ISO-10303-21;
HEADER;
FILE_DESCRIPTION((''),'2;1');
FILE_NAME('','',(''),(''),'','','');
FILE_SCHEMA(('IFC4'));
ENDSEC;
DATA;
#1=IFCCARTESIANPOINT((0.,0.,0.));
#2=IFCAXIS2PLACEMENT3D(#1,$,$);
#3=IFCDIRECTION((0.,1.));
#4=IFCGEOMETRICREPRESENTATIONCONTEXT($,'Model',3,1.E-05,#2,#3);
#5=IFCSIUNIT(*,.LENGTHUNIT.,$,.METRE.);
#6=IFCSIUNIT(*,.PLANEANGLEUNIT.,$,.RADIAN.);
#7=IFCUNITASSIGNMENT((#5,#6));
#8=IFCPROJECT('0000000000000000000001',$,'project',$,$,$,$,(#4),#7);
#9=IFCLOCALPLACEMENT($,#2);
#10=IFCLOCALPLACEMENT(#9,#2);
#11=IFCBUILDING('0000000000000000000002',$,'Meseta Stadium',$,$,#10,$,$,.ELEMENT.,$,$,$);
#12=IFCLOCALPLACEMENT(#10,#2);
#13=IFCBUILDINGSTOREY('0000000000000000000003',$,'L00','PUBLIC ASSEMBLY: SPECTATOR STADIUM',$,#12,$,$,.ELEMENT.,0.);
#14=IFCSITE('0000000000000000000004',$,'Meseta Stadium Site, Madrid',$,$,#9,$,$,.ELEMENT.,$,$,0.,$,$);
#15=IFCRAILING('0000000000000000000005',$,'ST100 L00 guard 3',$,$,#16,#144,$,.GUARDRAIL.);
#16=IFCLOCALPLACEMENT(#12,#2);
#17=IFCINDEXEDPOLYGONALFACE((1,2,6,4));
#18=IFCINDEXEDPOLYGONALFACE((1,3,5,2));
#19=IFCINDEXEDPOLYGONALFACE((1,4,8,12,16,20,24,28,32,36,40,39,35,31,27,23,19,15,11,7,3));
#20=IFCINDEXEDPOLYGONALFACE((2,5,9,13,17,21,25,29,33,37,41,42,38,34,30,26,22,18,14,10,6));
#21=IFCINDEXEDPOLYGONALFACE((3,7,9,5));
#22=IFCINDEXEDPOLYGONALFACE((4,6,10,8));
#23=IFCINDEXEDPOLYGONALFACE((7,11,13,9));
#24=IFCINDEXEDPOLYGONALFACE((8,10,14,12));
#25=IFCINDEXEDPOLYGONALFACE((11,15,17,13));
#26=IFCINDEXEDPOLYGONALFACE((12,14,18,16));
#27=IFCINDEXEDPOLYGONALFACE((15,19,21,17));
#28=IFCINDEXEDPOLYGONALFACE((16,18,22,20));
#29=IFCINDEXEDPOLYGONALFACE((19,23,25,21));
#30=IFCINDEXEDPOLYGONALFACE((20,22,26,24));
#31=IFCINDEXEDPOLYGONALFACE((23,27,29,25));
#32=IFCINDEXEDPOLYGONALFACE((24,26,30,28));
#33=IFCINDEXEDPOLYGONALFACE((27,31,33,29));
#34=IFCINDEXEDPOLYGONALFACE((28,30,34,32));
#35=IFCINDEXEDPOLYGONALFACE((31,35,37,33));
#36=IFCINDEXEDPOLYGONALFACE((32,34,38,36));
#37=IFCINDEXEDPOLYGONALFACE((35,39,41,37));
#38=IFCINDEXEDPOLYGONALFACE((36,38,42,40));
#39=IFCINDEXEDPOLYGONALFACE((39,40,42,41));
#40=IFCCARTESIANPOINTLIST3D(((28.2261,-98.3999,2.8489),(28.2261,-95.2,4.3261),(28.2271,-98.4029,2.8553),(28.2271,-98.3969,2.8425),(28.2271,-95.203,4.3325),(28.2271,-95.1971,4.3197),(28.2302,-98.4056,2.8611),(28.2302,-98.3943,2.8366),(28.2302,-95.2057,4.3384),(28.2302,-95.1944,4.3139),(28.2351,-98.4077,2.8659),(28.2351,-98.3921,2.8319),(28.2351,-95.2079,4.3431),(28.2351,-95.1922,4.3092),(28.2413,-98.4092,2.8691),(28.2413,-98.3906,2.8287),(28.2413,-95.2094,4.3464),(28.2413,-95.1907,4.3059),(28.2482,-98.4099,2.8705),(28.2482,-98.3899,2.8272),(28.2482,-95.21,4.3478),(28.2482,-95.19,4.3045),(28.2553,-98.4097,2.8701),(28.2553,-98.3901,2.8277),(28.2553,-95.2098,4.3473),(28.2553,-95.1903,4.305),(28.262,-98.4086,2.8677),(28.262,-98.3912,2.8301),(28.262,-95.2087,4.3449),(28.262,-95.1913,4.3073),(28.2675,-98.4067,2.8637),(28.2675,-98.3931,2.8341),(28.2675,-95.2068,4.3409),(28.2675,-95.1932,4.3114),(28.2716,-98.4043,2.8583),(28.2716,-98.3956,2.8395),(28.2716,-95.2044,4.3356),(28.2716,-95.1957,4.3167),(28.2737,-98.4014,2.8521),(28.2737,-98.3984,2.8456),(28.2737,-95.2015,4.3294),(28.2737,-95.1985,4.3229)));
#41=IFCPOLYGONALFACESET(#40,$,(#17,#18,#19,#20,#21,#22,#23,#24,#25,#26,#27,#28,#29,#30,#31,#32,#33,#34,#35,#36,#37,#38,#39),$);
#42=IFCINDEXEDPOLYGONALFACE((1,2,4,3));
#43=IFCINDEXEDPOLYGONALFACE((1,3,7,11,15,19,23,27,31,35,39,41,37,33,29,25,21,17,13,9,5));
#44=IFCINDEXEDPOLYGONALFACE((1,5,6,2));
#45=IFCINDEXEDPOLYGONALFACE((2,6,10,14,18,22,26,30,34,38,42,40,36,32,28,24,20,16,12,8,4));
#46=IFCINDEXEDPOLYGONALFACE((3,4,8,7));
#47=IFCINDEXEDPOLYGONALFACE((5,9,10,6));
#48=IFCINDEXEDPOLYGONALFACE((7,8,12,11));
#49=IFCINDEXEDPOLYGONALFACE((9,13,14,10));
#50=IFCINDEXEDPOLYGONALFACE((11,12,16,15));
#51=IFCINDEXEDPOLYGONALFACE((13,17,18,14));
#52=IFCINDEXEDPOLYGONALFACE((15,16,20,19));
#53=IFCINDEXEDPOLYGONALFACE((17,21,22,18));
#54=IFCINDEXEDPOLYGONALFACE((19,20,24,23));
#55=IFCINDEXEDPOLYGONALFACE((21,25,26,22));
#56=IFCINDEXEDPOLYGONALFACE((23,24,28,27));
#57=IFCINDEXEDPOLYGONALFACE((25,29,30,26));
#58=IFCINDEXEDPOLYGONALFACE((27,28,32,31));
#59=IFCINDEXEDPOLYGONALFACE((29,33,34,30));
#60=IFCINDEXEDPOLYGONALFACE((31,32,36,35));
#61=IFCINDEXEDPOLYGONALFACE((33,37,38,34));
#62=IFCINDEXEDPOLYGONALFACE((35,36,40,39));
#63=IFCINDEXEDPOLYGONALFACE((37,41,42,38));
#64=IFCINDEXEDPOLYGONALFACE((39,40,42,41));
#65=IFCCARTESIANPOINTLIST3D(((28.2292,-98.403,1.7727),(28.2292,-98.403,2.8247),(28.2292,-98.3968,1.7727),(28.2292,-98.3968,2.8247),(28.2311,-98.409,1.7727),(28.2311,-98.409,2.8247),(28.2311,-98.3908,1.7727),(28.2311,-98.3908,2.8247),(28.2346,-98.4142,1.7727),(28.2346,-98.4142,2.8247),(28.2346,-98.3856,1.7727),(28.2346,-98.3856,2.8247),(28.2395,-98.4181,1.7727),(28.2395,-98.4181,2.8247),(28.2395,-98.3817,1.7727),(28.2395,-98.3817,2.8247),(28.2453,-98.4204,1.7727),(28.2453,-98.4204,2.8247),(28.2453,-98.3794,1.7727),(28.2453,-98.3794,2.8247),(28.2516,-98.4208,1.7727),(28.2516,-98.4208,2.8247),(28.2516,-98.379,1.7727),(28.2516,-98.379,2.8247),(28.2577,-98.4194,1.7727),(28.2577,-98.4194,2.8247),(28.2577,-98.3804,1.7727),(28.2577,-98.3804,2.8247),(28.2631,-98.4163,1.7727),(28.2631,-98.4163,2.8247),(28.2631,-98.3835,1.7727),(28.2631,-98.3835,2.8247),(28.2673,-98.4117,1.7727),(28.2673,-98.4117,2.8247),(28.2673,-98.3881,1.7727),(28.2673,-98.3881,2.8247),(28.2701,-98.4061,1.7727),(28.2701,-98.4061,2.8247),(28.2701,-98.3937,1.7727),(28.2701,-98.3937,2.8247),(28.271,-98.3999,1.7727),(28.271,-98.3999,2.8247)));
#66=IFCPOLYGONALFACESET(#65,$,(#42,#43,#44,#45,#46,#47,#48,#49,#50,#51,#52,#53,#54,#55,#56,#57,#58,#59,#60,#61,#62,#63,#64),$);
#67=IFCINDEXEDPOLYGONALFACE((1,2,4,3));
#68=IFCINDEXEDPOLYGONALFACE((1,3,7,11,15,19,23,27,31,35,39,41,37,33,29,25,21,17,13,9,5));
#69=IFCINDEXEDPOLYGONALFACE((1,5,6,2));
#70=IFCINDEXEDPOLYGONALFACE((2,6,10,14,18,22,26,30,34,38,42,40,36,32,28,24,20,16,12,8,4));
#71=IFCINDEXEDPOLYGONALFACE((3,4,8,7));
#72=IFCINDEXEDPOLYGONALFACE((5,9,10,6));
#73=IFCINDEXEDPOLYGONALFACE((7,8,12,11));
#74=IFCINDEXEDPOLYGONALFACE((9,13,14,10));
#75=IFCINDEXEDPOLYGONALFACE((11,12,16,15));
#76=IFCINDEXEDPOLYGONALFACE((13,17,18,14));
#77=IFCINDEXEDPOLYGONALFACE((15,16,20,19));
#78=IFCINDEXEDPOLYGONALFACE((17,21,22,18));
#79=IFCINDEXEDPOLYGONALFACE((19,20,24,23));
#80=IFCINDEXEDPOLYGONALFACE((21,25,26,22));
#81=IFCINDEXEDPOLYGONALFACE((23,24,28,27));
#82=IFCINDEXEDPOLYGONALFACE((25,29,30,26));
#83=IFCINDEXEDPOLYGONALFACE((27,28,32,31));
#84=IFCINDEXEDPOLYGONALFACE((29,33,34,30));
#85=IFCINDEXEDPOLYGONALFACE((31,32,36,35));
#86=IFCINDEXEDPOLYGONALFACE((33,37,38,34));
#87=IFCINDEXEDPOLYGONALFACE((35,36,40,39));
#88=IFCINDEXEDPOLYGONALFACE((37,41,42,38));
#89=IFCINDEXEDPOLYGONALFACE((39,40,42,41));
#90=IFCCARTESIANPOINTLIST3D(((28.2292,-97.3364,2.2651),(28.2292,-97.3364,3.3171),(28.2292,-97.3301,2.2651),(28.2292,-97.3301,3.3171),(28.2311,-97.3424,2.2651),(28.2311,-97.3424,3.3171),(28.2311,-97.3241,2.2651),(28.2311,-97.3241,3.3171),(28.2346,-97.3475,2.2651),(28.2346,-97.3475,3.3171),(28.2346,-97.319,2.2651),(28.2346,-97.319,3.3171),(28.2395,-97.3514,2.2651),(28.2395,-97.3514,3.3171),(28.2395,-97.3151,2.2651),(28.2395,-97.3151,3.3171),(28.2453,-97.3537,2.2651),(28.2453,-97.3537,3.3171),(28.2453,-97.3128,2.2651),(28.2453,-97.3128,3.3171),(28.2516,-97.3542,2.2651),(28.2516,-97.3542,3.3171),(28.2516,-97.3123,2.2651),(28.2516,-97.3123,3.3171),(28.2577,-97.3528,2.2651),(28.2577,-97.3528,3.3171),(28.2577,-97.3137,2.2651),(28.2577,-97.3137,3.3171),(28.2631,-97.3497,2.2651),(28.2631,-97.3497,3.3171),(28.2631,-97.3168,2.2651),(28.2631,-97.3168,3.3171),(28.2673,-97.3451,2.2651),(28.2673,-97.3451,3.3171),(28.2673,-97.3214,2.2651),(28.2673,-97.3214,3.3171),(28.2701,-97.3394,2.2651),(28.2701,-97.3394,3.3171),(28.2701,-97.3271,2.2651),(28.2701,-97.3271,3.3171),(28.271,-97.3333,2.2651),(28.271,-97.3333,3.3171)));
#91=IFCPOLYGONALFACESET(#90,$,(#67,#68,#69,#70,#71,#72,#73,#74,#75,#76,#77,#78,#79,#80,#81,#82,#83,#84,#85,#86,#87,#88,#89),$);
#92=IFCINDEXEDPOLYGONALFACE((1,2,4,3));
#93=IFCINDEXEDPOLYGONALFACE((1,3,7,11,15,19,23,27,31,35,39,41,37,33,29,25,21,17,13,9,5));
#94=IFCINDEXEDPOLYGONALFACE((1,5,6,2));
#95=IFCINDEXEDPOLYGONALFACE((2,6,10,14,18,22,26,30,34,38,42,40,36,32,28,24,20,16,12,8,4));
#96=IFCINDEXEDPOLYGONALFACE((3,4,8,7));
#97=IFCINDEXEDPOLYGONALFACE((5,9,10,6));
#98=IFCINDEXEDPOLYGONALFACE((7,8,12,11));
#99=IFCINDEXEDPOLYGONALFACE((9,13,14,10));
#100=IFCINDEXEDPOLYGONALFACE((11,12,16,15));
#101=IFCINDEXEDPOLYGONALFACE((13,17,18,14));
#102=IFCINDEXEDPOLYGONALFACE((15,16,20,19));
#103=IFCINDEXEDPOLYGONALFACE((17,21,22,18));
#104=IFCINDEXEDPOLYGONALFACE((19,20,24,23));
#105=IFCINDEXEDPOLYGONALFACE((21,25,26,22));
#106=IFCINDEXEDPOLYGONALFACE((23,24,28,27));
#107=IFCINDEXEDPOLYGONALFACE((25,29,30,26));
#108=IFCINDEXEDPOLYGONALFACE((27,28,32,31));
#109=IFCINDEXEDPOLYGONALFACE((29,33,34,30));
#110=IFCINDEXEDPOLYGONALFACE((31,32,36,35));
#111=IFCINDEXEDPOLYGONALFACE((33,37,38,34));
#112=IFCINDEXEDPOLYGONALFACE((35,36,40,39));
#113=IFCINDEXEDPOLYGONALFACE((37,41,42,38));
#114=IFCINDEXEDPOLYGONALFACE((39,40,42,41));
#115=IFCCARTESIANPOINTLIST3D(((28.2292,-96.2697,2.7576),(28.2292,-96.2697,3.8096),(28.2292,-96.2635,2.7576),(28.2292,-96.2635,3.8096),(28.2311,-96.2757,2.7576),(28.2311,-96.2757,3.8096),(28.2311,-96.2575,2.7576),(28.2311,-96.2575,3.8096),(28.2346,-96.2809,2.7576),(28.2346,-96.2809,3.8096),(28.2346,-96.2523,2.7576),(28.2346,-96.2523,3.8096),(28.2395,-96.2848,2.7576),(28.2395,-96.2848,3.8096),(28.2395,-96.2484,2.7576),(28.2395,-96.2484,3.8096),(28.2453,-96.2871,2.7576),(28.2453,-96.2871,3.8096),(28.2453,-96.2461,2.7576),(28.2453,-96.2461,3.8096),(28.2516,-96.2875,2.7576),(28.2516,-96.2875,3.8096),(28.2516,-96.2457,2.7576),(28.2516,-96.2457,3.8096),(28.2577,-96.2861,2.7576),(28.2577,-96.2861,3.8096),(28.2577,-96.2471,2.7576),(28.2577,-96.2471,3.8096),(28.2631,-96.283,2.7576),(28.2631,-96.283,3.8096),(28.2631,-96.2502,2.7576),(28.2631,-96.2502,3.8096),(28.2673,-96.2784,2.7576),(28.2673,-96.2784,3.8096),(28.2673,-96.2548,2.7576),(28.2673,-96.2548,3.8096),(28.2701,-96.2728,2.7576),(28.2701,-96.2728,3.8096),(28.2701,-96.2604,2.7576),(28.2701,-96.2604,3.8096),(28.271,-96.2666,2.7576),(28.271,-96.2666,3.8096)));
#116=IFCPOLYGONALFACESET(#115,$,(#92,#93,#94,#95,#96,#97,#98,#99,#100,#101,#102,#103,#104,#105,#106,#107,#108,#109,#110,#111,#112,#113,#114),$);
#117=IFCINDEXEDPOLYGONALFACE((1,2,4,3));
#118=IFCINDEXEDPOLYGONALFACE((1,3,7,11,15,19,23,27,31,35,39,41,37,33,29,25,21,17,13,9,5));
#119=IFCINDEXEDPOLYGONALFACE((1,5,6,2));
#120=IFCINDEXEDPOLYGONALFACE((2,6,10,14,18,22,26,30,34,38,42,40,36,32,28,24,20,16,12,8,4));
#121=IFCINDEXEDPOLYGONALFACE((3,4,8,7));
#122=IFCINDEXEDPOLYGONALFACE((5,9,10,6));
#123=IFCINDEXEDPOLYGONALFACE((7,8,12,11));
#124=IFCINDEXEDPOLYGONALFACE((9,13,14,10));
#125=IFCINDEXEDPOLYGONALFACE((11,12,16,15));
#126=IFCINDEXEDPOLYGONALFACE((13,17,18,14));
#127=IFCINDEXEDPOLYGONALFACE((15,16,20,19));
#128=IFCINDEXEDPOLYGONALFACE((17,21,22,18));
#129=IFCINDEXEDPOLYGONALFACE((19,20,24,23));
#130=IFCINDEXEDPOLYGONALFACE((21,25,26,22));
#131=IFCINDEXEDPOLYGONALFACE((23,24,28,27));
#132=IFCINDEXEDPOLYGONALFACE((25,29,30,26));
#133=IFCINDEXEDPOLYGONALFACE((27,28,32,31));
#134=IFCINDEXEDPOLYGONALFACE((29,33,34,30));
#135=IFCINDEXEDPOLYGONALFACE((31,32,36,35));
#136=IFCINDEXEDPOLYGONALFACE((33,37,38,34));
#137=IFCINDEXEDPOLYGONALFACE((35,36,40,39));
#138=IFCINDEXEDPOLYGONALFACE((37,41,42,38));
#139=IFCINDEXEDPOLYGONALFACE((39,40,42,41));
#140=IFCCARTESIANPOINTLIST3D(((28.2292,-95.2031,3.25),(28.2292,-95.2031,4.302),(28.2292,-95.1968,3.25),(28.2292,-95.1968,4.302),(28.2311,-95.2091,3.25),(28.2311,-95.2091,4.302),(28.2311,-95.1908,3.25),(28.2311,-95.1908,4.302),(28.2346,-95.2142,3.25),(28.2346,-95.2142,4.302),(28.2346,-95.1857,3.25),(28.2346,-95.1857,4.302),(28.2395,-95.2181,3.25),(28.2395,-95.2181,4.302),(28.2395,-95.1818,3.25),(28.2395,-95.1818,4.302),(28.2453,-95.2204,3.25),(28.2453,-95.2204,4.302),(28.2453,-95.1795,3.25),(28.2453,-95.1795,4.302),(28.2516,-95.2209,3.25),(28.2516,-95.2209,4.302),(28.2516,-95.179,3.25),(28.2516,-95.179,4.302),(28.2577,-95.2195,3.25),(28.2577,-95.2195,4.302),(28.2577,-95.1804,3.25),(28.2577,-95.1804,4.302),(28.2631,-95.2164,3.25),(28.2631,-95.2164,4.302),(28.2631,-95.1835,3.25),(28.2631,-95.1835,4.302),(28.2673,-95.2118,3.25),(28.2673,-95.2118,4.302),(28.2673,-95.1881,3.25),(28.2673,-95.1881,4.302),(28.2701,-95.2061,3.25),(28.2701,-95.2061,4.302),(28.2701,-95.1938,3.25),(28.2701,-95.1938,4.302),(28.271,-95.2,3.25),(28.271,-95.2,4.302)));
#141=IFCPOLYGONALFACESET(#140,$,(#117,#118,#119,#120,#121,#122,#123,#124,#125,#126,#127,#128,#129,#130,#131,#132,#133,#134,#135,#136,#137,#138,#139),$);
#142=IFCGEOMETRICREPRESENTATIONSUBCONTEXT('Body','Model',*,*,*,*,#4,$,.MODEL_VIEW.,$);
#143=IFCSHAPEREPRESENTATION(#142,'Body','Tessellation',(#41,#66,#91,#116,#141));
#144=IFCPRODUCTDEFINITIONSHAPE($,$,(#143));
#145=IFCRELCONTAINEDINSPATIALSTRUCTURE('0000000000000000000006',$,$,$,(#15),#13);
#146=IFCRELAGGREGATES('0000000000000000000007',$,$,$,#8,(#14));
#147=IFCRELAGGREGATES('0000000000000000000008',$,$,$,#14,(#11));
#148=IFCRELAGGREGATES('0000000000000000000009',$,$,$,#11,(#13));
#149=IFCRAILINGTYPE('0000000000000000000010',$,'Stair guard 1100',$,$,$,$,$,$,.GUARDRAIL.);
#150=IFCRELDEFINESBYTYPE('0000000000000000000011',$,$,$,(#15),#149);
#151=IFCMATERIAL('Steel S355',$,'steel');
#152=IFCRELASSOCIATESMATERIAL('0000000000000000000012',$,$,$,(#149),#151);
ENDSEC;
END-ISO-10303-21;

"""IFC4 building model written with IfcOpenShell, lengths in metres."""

from ifc_helpers import new_model, si_unit, direction, frame, origin, origin_2d, place, context, subcontext, project, spatial, circle, extrude, material, type_object, element, save


model = new_model("IFC4")

# Units and contexts
model_context = context("Model", 3, precision=1e-05, world=origin(), true_north=direction((0.0, 1.0)))
body_context = subcontext(model_context, "Body", "Model", "MODEL_VIEW")
ifc_project = project(units=[si_unit("LENGTHUNIT", "METRE"), si_unit("PLANEANGLEUNIT", "RADIAN")], contexts=[model_context])

# Site, building, storey
site_placement = place(None, origin())
site = spatial("IfcSite", under=ifc_project, at=site_placement, Name="Meseta Stadium Site, Madrid", CompositionType="ELEMENT", RefElevation=0.0)
building_placement = place(site_placement, origin())
building = spatial("IfcBuilding", under=site, at=building_placement, Name="Meseta Stadium", CompositionType="ELEMENT")
storey_placement = place(building_placement, origin())
storey = spatial("IfcBuildingStorey", under=building, at=storey_placement, Name="L00", Description="PUBLIC ASSEMBLY: SPECTATOR STADIUM", CompositionType="ELEMENT", Elevation=0.0)

# Railing
ifc_material_1 = material(Name="Steel S355", Category="steel")
railing_type_1 = type_object("IfcRailingType", Name="Stair guard 1100", PredefinedType="GUARDRAIL", material=ifc_material_1)
railing_1_placement = place(storey_placement, frame((28.25, -98.3999, 1.7727)))
element("IfcRailing", 1, at=railing_1_placement, inside=storey, type_object=railing_type_1, Name="ST100 L00 guard 3", PredefinedType="GUARDRAIL", context=body_context, shape_type="SweptSolid", body=[
    extrude(circle(Radius=0.0239, at=origin_2d()), frame((0.0, 0.0, 1.0762), z_axis=(0.0, 0.907917, 0.41915), x_axis=(-1.0, 0.0, 0.0)), (0.0, 0.0, 1.0), 3.5244),
    extrude(circle(Radius=0.021, at=origin_2d()), origin(), (0.0, 0.0, 1.0), 1.052),
    extrude(circle(Radius=0.021, at=origin_2d()), frame((0.0, 1.0667, 0.4924)), (0.0, 0.0, 1.0), 1.052),
    extrude(circle(Radius=0.021, at=origin_2d()), frame((0.0, 2.1333, 0.9849)), (0.0, 0.0, 1.0), 1.052),
    extrude(circle(Radius=0.021, at=origin_2d()), frame((0.0, 3.2, 1.4773)), (0.0, 0.0, 1.0), 1.052),
])

save(model, "model.ifc")
